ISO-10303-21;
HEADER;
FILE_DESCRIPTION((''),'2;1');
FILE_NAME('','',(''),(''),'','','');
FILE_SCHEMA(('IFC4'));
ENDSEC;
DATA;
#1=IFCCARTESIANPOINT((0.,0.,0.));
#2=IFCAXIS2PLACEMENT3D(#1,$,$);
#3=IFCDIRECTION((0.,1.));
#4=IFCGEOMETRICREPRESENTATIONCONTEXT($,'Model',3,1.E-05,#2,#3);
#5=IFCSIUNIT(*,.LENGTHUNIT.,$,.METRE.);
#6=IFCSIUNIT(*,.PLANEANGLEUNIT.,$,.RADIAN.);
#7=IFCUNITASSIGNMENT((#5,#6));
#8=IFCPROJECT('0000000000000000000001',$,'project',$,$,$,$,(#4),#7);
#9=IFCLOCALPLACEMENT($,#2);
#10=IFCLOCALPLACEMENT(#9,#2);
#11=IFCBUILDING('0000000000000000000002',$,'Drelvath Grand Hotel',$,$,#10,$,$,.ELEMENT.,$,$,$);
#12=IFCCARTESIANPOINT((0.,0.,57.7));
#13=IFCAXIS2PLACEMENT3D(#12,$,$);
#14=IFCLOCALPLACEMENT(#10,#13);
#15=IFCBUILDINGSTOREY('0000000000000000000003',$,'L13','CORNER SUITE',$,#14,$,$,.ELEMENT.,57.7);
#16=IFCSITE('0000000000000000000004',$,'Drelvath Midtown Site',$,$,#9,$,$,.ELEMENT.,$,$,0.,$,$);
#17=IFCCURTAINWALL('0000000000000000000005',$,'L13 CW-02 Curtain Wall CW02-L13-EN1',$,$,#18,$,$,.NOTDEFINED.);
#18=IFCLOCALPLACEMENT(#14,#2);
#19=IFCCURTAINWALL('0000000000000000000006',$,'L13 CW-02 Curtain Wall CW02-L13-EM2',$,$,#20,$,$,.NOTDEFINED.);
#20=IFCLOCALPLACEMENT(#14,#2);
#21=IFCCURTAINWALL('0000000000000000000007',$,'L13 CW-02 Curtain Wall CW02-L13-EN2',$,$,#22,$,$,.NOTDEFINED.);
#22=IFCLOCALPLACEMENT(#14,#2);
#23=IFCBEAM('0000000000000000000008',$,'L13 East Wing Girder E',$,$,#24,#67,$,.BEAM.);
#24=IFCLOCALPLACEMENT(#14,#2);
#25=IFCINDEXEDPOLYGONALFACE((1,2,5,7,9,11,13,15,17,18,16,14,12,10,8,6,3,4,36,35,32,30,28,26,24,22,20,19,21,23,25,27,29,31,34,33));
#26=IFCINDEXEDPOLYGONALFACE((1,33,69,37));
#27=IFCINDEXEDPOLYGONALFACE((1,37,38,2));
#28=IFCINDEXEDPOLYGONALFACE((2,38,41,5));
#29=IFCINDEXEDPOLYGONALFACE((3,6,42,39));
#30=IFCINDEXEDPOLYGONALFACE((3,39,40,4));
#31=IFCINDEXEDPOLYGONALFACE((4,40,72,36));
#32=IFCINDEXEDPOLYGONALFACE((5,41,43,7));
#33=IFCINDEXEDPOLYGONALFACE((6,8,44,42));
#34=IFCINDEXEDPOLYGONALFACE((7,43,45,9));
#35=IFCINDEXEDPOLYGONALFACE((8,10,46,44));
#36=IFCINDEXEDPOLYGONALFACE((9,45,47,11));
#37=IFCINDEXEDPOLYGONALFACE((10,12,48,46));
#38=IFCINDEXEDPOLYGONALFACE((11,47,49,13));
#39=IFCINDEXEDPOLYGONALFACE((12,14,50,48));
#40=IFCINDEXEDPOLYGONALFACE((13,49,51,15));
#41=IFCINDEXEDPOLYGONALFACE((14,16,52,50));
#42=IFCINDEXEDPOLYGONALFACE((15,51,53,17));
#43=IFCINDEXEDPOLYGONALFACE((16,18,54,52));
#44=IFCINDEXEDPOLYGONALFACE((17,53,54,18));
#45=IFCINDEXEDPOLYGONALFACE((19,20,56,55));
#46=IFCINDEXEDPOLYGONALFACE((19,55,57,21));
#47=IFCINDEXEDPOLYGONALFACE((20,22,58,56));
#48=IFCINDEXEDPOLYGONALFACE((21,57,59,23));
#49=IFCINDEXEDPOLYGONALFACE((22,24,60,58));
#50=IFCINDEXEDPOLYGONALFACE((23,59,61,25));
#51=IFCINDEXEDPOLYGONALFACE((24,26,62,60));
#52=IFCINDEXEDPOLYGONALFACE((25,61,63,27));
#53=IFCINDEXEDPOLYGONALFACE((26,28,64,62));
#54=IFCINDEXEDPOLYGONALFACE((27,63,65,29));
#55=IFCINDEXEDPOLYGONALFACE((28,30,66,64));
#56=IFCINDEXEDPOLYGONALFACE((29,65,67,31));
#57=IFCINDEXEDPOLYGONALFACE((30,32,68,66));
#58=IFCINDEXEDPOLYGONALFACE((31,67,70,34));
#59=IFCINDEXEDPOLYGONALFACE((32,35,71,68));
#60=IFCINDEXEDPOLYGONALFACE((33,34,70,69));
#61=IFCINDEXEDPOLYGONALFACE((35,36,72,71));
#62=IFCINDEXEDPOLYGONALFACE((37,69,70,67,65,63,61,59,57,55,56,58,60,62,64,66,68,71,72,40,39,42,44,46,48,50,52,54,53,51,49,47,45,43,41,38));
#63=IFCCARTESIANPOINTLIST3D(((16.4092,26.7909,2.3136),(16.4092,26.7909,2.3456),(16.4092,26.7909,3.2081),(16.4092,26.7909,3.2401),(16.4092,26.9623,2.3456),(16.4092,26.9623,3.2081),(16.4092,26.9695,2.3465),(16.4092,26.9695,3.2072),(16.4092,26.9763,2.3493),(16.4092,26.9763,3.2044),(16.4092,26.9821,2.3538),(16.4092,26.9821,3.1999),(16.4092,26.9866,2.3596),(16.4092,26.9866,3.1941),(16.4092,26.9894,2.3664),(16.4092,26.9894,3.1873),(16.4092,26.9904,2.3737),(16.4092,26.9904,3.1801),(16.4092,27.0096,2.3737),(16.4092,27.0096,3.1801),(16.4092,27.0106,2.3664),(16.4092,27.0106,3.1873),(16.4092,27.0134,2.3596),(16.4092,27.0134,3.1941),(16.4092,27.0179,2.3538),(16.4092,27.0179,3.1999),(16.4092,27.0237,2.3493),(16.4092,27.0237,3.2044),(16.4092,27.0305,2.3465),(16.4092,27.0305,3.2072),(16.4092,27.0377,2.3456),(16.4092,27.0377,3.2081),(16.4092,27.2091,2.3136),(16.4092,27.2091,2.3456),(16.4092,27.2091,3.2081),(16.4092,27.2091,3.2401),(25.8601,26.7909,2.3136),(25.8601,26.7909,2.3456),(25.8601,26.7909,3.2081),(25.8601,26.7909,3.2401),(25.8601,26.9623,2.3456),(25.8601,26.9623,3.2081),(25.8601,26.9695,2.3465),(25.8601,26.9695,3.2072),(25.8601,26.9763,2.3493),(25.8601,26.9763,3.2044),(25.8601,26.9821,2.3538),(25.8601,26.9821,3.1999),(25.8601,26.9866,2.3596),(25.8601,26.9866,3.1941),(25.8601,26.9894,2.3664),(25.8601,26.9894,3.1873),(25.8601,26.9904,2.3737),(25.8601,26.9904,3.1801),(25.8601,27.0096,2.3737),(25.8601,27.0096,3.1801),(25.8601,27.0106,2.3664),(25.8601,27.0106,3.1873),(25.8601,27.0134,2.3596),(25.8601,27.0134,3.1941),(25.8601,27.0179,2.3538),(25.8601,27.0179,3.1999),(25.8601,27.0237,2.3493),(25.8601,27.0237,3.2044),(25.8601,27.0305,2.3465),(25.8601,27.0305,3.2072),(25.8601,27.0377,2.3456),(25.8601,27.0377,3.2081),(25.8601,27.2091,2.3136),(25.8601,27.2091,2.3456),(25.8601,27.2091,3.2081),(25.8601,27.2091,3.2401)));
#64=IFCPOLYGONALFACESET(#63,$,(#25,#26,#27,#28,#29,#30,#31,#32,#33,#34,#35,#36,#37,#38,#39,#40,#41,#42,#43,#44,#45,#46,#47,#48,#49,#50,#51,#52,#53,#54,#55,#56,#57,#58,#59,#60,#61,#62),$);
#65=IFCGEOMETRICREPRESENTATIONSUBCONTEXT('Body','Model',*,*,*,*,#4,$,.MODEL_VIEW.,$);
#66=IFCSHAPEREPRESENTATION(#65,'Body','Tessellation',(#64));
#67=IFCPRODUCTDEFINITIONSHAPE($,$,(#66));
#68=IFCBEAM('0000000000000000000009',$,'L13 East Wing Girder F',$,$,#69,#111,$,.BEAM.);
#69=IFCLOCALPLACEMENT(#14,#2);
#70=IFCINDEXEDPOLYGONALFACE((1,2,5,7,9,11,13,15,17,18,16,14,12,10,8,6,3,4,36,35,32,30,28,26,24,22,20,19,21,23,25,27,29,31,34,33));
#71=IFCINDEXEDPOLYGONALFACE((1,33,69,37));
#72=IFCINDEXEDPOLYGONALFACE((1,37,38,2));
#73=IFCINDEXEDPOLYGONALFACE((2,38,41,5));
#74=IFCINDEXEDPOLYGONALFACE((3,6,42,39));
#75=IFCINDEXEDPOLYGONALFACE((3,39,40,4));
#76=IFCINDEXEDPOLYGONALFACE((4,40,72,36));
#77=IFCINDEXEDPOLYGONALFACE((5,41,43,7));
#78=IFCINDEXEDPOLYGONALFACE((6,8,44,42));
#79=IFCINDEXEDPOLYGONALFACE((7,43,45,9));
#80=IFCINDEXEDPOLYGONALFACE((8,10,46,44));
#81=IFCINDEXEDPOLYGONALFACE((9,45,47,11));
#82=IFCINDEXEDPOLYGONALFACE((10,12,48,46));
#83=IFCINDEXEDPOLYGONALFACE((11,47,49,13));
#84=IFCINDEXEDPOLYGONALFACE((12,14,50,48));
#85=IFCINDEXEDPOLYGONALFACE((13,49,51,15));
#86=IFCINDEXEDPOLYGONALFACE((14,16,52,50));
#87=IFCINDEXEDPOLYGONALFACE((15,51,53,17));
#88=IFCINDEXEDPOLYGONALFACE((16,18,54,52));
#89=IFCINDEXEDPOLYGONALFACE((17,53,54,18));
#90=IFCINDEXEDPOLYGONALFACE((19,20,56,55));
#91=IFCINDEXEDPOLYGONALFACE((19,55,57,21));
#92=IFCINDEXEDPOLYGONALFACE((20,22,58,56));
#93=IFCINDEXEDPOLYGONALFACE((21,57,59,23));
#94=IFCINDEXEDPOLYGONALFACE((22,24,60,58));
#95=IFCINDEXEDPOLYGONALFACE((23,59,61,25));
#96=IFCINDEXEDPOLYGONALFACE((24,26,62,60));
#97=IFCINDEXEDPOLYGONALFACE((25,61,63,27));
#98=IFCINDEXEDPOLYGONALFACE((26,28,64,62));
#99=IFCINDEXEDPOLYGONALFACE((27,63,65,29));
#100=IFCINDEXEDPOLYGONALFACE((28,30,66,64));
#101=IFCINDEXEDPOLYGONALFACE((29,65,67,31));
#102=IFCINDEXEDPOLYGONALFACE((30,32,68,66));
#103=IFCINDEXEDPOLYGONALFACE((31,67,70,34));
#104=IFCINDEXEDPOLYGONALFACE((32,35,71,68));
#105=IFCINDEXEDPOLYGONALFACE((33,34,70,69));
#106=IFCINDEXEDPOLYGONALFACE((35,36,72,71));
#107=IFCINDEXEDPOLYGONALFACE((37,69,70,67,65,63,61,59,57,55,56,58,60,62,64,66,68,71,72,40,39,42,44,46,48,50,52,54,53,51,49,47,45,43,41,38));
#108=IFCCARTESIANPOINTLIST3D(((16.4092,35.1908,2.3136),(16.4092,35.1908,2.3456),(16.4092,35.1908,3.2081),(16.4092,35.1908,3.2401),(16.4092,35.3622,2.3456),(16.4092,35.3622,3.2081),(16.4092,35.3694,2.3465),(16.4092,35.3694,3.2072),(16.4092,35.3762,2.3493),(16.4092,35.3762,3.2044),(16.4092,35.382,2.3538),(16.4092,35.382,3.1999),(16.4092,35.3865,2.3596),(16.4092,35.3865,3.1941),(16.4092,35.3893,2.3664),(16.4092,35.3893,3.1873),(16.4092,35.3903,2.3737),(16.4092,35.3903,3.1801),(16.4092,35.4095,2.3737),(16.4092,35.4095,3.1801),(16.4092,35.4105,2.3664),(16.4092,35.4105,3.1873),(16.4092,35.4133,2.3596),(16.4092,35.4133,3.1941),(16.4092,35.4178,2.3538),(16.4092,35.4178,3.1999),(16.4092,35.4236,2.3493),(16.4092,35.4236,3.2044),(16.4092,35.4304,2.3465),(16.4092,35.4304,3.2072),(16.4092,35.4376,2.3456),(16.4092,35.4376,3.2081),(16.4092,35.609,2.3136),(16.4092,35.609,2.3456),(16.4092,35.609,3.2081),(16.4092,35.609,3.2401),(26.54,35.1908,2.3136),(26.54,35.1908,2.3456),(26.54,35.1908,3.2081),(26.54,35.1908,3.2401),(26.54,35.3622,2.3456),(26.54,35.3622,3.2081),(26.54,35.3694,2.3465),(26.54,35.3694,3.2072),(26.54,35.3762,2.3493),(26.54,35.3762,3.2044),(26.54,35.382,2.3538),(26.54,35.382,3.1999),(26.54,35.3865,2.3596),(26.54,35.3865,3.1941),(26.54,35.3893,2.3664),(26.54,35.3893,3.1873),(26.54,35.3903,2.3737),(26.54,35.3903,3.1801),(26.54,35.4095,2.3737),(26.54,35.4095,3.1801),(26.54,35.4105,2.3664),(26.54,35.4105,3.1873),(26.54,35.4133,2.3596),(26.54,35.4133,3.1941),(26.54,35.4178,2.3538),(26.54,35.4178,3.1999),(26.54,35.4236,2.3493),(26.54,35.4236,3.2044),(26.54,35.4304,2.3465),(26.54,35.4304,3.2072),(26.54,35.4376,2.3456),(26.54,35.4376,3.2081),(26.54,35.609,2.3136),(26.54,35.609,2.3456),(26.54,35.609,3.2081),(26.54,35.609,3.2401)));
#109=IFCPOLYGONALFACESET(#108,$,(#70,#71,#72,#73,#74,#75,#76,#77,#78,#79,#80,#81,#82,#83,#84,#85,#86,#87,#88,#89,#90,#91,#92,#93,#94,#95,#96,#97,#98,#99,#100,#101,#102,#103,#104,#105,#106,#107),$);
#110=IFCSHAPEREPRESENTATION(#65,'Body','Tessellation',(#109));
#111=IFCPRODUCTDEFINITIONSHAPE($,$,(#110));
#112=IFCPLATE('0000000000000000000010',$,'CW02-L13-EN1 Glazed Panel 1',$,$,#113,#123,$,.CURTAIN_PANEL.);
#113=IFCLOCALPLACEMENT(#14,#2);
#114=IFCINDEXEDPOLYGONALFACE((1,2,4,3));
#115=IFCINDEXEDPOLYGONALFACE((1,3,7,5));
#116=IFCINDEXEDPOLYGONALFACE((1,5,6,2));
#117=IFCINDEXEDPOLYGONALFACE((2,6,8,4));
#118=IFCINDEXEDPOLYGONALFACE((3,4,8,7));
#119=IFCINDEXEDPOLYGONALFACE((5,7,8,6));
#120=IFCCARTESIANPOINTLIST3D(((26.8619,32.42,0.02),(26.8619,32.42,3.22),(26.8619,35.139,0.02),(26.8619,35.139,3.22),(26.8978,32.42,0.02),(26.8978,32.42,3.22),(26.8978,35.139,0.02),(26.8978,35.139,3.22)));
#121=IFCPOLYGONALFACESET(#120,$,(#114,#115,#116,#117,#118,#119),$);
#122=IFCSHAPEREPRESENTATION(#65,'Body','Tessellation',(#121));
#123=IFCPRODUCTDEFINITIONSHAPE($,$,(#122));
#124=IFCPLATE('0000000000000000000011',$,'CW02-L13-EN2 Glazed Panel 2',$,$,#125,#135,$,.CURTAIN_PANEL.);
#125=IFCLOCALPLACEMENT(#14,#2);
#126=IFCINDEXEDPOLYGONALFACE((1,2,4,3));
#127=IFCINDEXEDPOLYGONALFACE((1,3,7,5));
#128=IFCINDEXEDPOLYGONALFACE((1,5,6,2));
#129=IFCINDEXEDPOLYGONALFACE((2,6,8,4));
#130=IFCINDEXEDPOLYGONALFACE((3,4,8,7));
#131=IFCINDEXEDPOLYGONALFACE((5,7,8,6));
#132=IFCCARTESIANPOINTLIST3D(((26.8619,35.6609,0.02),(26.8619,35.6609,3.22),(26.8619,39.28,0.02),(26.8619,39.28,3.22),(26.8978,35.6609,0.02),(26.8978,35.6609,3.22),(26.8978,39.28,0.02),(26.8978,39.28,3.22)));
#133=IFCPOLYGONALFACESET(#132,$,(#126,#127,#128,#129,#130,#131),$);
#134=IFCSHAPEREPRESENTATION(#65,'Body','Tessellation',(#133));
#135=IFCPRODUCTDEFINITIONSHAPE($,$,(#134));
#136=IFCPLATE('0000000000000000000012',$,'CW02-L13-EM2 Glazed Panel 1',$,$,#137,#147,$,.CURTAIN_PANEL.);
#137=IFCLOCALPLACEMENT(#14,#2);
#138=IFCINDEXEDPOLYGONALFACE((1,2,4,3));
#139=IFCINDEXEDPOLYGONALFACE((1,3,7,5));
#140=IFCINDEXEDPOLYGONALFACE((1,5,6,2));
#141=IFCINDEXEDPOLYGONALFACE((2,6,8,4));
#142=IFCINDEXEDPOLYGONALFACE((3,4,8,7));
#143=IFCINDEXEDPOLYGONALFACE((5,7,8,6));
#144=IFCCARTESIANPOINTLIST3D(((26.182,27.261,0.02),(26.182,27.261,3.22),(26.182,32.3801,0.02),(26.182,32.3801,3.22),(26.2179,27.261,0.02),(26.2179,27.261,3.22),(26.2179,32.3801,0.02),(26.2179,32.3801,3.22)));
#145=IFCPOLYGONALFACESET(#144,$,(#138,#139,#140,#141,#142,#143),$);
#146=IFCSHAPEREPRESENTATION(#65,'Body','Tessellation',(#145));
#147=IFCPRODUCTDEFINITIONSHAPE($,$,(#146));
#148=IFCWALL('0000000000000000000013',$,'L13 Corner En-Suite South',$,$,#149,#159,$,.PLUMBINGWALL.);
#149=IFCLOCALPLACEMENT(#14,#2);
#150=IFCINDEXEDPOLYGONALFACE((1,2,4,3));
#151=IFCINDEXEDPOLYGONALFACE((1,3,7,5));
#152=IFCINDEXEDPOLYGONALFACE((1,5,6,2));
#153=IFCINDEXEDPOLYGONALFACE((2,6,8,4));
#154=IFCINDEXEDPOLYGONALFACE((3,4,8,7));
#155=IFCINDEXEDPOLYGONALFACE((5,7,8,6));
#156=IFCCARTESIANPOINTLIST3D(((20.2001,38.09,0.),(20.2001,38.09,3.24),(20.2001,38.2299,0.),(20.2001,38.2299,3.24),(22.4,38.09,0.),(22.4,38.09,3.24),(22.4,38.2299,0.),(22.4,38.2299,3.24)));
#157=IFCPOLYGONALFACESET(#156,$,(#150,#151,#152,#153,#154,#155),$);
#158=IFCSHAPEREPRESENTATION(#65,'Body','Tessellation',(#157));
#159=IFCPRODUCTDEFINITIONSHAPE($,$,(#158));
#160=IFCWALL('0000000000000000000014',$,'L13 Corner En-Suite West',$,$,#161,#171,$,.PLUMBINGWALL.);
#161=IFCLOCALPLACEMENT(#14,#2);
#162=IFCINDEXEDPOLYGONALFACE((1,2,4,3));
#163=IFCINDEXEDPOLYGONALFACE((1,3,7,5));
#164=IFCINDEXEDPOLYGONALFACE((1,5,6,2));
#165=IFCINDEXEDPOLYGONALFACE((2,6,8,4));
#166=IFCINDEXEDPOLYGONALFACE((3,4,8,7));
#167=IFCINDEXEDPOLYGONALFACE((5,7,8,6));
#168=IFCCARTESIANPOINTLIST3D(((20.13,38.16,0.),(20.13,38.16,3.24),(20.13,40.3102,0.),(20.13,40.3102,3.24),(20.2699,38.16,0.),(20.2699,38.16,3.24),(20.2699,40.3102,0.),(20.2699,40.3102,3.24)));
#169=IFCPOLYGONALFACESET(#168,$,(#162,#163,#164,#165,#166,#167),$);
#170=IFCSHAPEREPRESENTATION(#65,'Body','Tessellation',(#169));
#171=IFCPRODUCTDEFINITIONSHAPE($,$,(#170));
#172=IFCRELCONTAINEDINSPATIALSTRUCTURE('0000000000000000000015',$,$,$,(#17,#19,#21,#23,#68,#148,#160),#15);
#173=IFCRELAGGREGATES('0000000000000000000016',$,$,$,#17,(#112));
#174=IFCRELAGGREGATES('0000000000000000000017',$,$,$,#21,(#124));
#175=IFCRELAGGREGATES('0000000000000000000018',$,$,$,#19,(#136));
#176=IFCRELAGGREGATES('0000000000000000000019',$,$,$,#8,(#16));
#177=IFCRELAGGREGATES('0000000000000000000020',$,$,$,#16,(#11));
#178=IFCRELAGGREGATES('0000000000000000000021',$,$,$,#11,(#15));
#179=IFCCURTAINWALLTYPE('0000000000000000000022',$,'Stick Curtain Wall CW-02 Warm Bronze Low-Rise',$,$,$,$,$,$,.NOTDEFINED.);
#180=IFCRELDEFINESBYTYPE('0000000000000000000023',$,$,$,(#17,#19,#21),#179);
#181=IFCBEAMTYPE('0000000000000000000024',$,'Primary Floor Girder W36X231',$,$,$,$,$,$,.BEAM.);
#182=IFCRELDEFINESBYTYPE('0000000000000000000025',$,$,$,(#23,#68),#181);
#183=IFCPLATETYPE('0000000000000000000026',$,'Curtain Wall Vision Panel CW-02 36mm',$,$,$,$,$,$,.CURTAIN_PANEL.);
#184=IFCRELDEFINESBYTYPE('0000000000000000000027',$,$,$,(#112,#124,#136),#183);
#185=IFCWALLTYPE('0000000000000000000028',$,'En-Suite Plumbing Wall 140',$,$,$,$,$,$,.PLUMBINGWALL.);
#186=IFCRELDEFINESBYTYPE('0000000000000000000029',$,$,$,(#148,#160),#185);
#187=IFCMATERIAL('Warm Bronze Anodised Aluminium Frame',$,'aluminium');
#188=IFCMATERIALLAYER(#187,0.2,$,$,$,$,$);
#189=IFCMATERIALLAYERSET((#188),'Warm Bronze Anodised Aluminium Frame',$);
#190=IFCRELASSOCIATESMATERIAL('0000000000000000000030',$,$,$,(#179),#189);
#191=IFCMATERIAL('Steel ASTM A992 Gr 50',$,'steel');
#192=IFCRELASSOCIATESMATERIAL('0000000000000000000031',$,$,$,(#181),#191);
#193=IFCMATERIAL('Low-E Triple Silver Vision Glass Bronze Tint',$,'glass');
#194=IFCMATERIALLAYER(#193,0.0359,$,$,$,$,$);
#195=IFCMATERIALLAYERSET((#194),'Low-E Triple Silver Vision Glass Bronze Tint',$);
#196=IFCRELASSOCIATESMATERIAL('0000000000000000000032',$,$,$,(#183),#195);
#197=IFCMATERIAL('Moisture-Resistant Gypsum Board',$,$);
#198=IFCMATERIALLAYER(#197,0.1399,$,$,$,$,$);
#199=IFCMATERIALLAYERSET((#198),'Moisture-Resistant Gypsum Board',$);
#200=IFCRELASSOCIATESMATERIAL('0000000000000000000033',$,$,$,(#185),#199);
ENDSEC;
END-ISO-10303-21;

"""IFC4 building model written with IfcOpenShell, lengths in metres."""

from ifc_helpers import new_model, si_unit, direction, frame, frame_2d, origin, origin_2d, place, context, subcontext, project, spatial, rectangle, i_section, extrude, material, layer, layer_set, material_profile, profile_set, type_object, element, aggregate, save


model = new_model("IFC4")

# Units and contexts
model_context = context("Model", 3, precision=1e-05, world=origin(), true_north=direction((0.0, 1.0)))
body_context = subcontext(model_context, "Body", "Model", "MODEL_VIEW")
ifc_project = project(units=[si_unit("LENGTHUNIT", "METRE"), si_unit("PLANEANGLEUNIT", "RADIAN")], contexts=[model_context])

# Site, building, storey
site_placement = place(None, origin())
site = spatial("IfcSite", under=ifc_project, at=site_placement, Name="Drelvath Midtown Site", CompositionType="ELEMENT", RefElevation=0.0)
building_placement = place(site_placement, origin())
building = spatial("IfcBuilding", under=site, at=building_placement, Name="Drelvath Grand Hotel", CompositionType="ELEMENT")
storey_placement = place(building_placement, frame((0.0, 0.0, 57.7)))
storey = spatial("IfcBuildingStorey", under=building, at=storey_placement, Name="L13", Description="CORNER SUITE", CompositionType="ELEMENT", Elevation=57.7)

# Curtain walls
ifc_material_1 = material(Name="Warm Bronze Anodised Aluminium Frame", Category="aluminium")
ifc_layer_1 = layer(ifc_material_1, 0.2)
ifc_layer_set_1 = layer_set([ifc_layer_1], Name="Warm Bronze Anodised Aluminium Frame")
curtain_wall_type = type_object("IfcCurtainWallType", Name="Stick Curtain Wall CW-02 Warm Bronze Low-Rise", PredefinedType="NOTDEFINED", material=ifc_layer_set_1)
curtain_wall_1_placement = place(storey_placement, origin())
curtain_wall_1 = element("IfcCurtainWall", 1, at=curtain_wall_1_placement, inside=storey, type_object=curtain_wall_type, Name="L13 CW-02 Curtain Wall CW02-L13-EN1", PredefinedType="NOTDEFINED")
curtain_wall_2_placement = place(storey_placement, origin())
curtain_wall_2 = element("IfcCurtainWall", 2, at=curtain_wall_2_placement, inside=storey, type_object=curtain_wall_type, Name="L13 CW-02 Curtain Wall CW02-L13-EM2", PredefinedType="NOTDEFINED")

# Curtain wall
curtain_wall_3_placement = place(storey_placement, origin())
curtain_wall_3 = element("IfcCurtainWall", 3, at=curtain_wall_3_placement, inside=storey, type_object=curtain_wall_type, Name="L13 CW-02 Curtain Wall CW02-L13-EN2", PredefinedType="NOTDEFINED")

# Beams
ifc_material_2 = material(Name="Steel ASTM A992 Gr 50", Category="steel")
ifc_material_profile_1 = material_profile(ifc_material_2, i_section(OverallWidth=0.4182, OverallDepth=0.9265, WebThickness=0.0193, FlangeThickness=0.032, FilletRadius=0.0281, at=origin_2d()), Name="W36X231")
ifc_profile_set_1 = profile_set([ifc_material_profile_1], Name="Steel ASTM A992 Gr 50")
beam_type_1 = type_object("IfcBeamType", Name="Primary Floor Girder W36X231", PredefinedType="BEAM", material=ifc_profile_set_1)
beam_1_placement = place(storey_placement, frame((16.4092, 27.0, 2.7769), z_axis=(1.0, 0.0, 0.0), x_axis=(0.0, 1.0, 0.0)))
element("IfcBeam", 4, at=beam_1_placement, inside=storey, type_object=beam_type_1, Name="L13 East Wing Girder E", PredefinedType="BEAM", context=body_context, shape_type="SweptSolid", body=[
    extrude(i_section(OverallWidth=0.4182, OverallDepth=0.9265, WebThickness=0.0193, FlangeThickness=0.032, FilletRadius=0.0281, at=origin_2d()), origin(), (0.0, 0.0, 1.0), 9.4509),
])
beam_2_placement = place(storey_placement, frame((16.4092, 35.3999, 2.7769), z_axis=(1.0, 0.0, 0.0), x_axis=(0.0, 1.0, 0.0)))
element("IfcBeam", 5, at=beam_2_placement, inside=storey, type_object=beam_type_1, Name="L13 East Wing Girder F", PredefinedType="BEAM", context=body_context, shape_type="SweptSolid", body=[
    extrude(i_section(OverallWidth=0.4182, OverallDepth=0.9265, WebThickness=0.0193, FlangeThickness=0.032, FilletRadius=0.0281, at=origin_2d()), origin(), (0.0, 0.0, 1.0), 10.1309),
])

# Plates
ifc_material_3 = material(Name="Low-E Triple Silver Vision Glass Bronze Tint", Category="glass")
ifc_layer_2 = layer(ifc_material_3, 0.0359)
ifc_layer_set_2 = layer_set([ifc_layer_2], Name="Low-E Triple Silver Vision Glass Bronze Tint")
plate_type = type_object("IfcPlateType", Name="Curtain Wall Vision Panel CW-02 36mm", PredefinedType="CURTAIN_PANEL", material=ifc_layer_set_2)
plate_1_placement = place(storey_placement, frame((26.8799, 33.7795, 0.02), z_axis=(0.0, 0.0, 1.0), x_axis=(0.0, -1.0, 0.0)))
plate_1 = element("IfcPlate", 6, at=plate_1_placement, type_object=plate_type, Name="CW02-L13-EN1 Glazed Panel 1", PredefinedType="CURTAIN_PANEL", context=body_context, shape_type="SweptSolid", body=[
    extrude(rectangle(XDim=2.719, YDim=0.0359, at=origin_2d()), origin(), (0.0, 0.0, 1.0), 3.2),
])
aggregate(curtain_wall_1, [plate_1])
plate_2_placement = place(storey_placement, frame((26.8799, 37.4705, 0.02), z_axis=(0.0, 0.0, 1.0), x_axis=(0.0, -1.0, 0.0)))
plate_2 = element("IfcPlate", 7, at=plate_2_placement, type_object=plate_type, Name="CW02-L13-EN2 Glazed Panel 2", PredefinedType="CURTAIN_PANEL", context=body_context, shape_type="SweptSolid", body=[
    extrude(rectangle(XDim=3.6191, YDim=0.0359, at=origin_2d()), origin(), (0.0, 0.0, 1.0), 3.2),
])
aggregate(curtain_wall_3, [plate_2])
plate_3_placement = place(storey_placement, frame((26.2, 29.8206, 0.02), z_axis=(0.0, 0.0, 1.0), x_axis=(0.0, -1.0, 0.0)))
plate_3 = element("IfcPlate", 8, at=plate_3_placement, type_object=plate_type, Name="CW02-L13-EM2 Glazed Panel 1", PredefinedType="CURTAIN_PANEL", context=body_context, shape_type="SweptSolid", body=[
    extrude(rectangle(XDim=5.1191, YDim=0.0359, at=origin_2d()), origin(), (0.0, 0.0, 1.0), 3.2),
])
aggregate(curtain_wall_2, [plate_3])

# Walls
ifc_material_4 = material(Name="Moisture-Resistant Gypsum Board")
ifc_layer_3 = layer(ifc_material_4, 0.1399)
ifc_layer_set_3 = layer_set([ifc_layer_3], Name="Moisture-Resistant Gypsum Board")
wall_type_1 = type_object("IfcWallType", Name="En-Suite Plumbing Wall 140", PredefinedType="PLUMBINGWALL", material=ifc_layer_set_3)
wall_1_placement = place(storey_placement, frame((20.2, 38.1599, 0.0), z_axis=(0.0, 0.0, 1.0), x_axis=(1.0, 0.0, 0.0)))
element("IfcWall", 9, at=wall_1_placement, inside=storey, type_object=wall_type_1, Name="L13 Corner En-Suite South", PredefinedType="PLUMBINGWALL", context=body_context, shape_type="SweptSolid", body=[
    extrude(rectangle(XDim=2.2, YDim=0.1399, at=frame_2d((1.1001, 0.0))), origin(), (0.0, 0.0, 1.0), 3.24),
])
wall_2_placement = place(storey_placement, frame((20.2, 38.1599, 0.0), z_axis=(0.0, 0.0, 1.0), x_axis=(0.0, 1.0, 0.0)))
element("IfcWall", 10, at=wall_2_placement, inside=storey, type_object=wall_type_1, Name="L13 Corner En-Suite West", PredefinedType="PLUMBINGWALL", context=body_context, shape_type="SweptSolid", body=[
    extrude(rectangle(XDim=2.1501, YDim=0.1399, at=frame_2d((1.0752, 0.0))), origin(), (0.0, 0.0, 1.0), 3.24),
])

save(model, "model.ifc")
